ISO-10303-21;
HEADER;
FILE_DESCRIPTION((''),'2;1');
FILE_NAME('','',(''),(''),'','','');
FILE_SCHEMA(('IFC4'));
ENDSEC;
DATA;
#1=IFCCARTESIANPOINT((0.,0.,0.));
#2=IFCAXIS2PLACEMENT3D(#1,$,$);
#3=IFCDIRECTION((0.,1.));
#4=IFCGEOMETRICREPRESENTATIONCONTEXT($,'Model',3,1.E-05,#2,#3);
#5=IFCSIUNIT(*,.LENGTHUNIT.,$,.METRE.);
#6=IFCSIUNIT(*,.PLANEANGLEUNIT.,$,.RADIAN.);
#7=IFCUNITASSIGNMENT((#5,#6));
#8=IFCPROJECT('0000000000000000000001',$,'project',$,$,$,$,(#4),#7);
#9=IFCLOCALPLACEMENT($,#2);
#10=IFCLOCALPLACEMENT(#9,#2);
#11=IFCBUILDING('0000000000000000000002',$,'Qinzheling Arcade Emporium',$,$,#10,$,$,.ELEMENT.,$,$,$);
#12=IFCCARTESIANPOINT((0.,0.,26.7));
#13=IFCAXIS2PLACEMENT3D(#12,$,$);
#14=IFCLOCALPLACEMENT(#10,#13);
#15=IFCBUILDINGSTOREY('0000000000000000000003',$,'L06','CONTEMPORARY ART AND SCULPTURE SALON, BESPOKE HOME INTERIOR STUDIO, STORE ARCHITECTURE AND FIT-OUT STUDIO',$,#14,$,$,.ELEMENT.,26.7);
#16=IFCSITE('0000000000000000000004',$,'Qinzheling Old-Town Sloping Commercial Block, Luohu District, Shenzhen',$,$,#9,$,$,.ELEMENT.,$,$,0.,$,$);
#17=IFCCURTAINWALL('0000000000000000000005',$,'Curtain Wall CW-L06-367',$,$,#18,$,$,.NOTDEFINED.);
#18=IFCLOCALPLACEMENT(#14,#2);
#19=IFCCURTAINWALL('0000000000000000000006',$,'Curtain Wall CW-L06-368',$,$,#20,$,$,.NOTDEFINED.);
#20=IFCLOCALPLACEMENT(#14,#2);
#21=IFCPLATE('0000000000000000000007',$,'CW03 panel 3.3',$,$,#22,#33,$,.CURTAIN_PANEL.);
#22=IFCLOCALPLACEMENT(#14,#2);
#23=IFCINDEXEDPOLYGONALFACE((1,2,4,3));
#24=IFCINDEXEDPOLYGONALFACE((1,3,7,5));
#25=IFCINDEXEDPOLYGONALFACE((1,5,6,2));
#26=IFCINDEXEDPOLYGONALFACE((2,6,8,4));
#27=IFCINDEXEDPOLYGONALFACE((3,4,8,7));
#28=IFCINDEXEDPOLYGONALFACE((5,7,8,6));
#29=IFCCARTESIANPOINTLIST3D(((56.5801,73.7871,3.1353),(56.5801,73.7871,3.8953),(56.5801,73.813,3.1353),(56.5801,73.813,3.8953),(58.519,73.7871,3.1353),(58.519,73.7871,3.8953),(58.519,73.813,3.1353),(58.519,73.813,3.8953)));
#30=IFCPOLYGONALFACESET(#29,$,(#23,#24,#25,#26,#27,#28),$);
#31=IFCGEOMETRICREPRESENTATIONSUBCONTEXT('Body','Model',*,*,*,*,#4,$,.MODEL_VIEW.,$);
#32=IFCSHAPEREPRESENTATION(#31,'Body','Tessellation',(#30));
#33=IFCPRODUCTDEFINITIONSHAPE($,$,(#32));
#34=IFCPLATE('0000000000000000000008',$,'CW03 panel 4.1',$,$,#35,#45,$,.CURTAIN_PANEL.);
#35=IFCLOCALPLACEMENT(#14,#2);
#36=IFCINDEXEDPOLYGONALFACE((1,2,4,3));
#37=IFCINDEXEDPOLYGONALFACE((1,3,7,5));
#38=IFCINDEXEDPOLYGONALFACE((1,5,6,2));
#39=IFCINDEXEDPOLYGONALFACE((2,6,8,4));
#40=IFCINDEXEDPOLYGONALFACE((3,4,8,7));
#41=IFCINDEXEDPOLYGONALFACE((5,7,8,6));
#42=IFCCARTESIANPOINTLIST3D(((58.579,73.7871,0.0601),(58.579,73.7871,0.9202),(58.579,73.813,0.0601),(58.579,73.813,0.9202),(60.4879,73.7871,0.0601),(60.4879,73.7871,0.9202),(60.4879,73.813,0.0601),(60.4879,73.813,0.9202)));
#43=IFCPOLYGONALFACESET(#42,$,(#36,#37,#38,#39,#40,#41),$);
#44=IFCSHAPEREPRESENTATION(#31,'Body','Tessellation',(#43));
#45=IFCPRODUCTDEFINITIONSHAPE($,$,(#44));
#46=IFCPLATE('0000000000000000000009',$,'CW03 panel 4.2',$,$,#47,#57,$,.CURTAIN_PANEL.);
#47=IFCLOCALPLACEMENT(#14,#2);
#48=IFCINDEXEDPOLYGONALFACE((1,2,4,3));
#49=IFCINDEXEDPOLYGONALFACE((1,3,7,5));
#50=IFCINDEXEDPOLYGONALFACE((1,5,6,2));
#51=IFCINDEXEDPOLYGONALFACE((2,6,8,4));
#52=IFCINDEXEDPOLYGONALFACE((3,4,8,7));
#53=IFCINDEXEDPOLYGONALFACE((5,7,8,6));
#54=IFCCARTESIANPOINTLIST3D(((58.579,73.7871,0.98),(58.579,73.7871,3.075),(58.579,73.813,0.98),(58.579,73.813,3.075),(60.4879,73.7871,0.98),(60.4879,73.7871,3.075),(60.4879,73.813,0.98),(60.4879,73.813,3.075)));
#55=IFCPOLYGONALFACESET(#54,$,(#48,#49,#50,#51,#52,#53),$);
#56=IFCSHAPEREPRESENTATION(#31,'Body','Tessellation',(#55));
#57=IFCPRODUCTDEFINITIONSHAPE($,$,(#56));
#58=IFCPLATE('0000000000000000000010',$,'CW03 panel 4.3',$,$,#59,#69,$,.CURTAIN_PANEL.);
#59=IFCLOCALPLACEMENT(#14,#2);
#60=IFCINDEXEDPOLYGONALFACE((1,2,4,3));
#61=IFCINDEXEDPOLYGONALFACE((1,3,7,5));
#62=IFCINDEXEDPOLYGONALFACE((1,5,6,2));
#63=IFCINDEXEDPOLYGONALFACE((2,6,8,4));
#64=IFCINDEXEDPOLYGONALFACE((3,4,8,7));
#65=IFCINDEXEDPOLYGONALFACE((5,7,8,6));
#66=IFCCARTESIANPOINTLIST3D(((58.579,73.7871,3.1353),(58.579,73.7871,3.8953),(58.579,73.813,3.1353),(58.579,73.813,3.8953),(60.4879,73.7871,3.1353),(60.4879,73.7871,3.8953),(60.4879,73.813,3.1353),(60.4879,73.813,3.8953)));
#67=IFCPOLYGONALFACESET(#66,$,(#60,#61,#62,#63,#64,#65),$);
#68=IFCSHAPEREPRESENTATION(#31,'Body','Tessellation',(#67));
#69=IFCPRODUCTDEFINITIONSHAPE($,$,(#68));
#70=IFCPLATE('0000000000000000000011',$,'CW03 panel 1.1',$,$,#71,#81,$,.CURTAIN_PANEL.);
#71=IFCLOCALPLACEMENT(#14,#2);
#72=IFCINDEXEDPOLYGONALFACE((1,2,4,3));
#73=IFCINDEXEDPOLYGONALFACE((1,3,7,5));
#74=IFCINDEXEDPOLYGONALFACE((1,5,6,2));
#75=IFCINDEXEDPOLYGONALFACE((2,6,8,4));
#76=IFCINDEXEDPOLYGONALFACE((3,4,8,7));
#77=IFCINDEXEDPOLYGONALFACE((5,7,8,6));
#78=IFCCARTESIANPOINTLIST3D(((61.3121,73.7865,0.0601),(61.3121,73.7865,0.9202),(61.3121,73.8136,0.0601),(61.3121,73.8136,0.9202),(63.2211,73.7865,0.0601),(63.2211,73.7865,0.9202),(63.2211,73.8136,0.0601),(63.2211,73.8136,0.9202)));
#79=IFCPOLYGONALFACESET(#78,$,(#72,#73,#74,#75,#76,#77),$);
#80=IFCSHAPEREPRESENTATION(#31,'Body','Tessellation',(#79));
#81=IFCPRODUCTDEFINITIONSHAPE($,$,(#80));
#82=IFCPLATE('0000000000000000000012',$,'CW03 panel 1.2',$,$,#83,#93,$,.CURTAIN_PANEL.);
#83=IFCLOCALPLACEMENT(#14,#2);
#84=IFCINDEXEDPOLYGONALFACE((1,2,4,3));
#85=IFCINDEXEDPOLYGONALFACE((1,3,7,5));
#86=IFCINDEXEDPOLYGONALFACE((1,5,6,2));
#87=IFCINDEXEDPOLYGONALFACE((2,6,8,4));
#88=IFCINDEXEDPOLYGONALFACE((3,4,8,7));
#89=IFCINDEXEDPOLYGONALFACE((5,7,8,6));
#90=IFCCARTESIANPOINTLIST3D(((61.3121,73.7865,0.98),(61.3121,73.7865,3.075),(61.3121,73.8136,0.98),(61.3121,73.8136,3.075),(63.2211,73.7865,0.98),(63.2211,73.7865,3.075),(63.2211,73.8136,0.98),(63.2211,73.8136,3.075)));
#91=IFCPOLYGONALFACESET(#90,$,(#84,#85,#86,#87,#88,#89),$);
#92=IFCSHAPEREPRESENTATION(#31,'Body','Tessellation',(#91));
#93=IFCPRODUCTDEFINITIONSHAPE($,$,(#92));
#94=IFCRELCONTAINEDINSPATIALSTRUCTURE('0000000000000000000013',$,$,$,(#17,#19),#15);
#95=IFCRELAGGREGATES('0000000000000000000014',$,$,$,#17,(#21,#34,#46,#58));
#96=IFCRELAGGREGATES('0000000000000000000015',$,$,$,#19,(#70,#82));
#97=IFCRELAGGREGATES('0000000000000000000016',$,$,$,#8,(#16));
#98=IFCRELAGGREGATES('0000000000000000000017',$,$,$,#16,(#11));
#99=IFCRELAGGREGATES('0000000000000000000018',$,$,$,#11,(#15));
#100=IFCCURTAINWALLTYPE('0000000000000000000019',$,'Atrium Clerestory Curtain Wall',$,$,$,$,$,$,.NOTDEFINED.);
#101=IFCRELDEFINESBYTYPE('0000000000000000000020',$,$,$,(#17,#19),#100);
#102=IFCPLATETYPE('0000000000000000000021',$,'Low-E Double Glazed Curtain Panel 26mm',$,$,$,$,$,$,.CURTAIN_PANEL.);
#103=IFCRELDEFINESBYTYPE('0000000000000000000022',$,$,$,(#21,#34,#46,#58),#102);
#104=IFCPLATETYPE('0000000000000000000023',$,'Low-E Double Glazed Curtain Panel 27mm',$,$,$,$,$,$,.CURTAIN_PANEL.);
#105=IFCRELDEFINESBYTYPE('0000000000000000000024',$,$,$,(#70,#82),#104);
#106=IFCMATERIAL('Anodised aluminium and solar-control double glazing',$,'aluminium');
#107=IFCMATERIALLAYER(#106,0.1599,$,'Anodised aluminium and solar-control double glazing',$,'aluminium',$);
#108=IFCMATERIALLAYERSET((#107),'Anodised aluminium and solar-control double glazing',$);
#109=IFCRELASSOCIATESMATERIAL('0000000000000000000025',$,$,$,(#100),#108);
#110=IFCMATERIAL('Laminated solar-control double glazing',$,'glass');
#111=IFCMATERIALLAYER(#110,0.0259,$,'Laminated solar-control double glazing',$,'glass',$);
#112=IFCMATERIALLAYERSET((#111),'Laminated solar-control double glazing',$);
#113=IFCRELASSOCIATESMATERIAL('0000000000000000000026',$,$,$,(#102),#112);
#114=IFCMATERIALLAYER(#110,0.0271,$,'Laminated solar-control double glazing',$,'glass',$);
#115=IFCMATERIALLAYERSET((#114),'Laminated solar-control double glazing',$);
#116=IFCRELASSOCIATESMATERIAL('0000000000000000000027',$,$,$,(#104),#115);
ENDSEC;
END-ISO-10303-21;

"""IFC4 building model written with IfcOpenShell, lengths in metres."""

from ifc_helpers import new_model, si_unit, direction, frame, origin, origin_2d, place, context, subcontext, project, spatial, rectangle, extrude, material, layer, layer_set, type_object, element, aggregate, save


model = new_model("IFC4")

# Units and contexts
model_context = context("Model", 3, precision=1e-05, world=origin(), true_north=direction((0.0, 1.0)))
body_context = subcontext(model_context, "Body", "Model", "MODEL_VIEW")
ifc_project = project(units=[si_unit("LENGTHUNIT", "METRE"), si_unit("PLANEANGLEUNIT", "RADIAN")], contexts=[model_context])

# Site, building, storey
site_placement = place(None, origin())
site = spatial("IfcSite", under=ifc_project, at=site_placement, Name="Qinzheling Old-Town Sloping Commercial Block, Luohu District, Shenzhen", CompositionType="ELEMENT", RefElevation=0.0)
building_placement = place(site_placement, origin())
building = spatial("IfcBuilding", under=site, at=building_placement, Name="Qinzheling Arcade Emporium", CompositionType="ELEMENT")
storey_placement = place(building_placement, frame((0.0, 0.0, 26.7)))
storey = spatial("IfcBuildingStorey", under=building, at=storey_placement, Name="L06", Description="CONTEMPORARY ART AND SCULPTURE SALON, BESPOKE HOME INTERIOR STUDIO, STORE ARCHITECTURE AND FIT-OUT STUDIO", CompositionType="ELEMENT", Elevation=26.7)

# Curtain wall
ifc_material_1 = material(Name="Anodised aluminium and solar-control double glazing", Category="aluminium")
ifc_layer_1 = layer(ifc_material_1, 0.1599, Name="Anodised aluminium and solar-control double glazing", Category="aluminium")
ifc_layer_set_1 = layer_set([ifc_layer_1], Name="Anodised aluminium and solar-control double glazing")
curtain_wall_type = type_object("IfcCurtainWallType", Name="Atrium Clerestory Curtain Wall", PredefinedType="NOTDEFINED", material=ifc_layer_set_1)
curtain_wall_1_placement = place(storey_placement, origin())
curtain_wall_1 = element("IfcCurtainWall", 1, at=curtain_wall_1_placement, inside=storey, type_object=curtain_wall_type, Name="Curtain Wall CW-L06-367", PredefinedType="NOTDEFINED")

# Curtain wall
curtain_wall_2_placement = place(storey_placement, origin())
curtain_wall_2 = element("IfcCurtainWall", 2, at=curtain_wall_2_placement, inside=storey, type_object=curtain_wall_type, Name="Curtain Wall CW-L06-368", PredefinedType="NOTDEFINED")

# Plates
ifc_material_2 = material(Name="Laminated solar-control double glazing", Category="glass")
ifc_layer_2 = layer(ifc_material_2, 0.0259, Name="Laminated solar-control double glazing", Category="glass")
ifc_layer_set_2 = layer_set([ifc_layer_2], Name="Laminated solar-control double glazing")
plate_type_1 = type_object("IfcPlateType", Name="Low-E Double Glazed Curtain Panel 26mm", PredefinedType="CURTAIN_PANEL", material=ifc_layer_set_2)
plate_1_placement = place(storey_placement, frame((57.5496, 73.8, 3.1353), z_axis=(0.0, 0.0, 1.0), x_axis=(1.0, 0.0, 0.0)))
plate_1 = element("IfcPlate", 3, at=plate_1_placement, type_object=plate_type_1, Name="CW03 panel 3.3", PredefinedType="CURTAIN_PANEL", context=body_context, shape_type="SweptSolid", body=[
    extrude(rectangle(XDim=1.939, YDim=0.0259, at=origin_2d()), origin(), (0.0, 0.0, 1.0), 0.76),
])
plate_2_placement = place(storey_placement, frame((59.5334, 73.8, 0.0601), z_axis=(0.0, 0.0, 1.0), x_axis=(1.0, 0.0, 0.0)))
plate_2 = element("IfcPlate", 4, at=plate_2_placement, type_object=plate_type_1, Name="CW03 panel 4.1", PredefinedType="CURTAIN_PANEL", context=body_context, shape_type="SweptSolid", body=[
    extrude(rectangle(XDim=1.9089, YDim=0.0259, at=origin_2d()), origin(), (0.0, 0.0, 1.0), 0.8601),
])
plate_3_placement = place(storey_placement, frame((59.5334, 73.8, 0.98), z_axis=(0.0, 0.0, 1.0), x_axis=(1.0, 0.0, 0.0)))
plate_3 = element("IfcPlate", 5, at=plate_3_placement, type_object=plate_type_1, Name="CW03 panel 4.2", PredefinedType="CURTAIN_PANEL", context=body_context, shape_type="SweptSolid", body=[
    extrude(rectangle(XDim=1.9089, YDim=0.0259, at=origin_2d()), origin(), (0.0, 0.0, 1.0), 2.095),
])
plate_4_placement = place(storey_placement, frame((59.5334, 73.8, 3.1353), z_axis=(0.0, 0.0, 1.0), x_axis=(1.0, 0.0, 0.0)))
plate_4 = element("IfcPlate", 6, at=plate_4_placement, type_object=plate_type_1, Name="CW03 panel 4.3", PredefinedType="CURTAIN_PANEL", context=body_context, shape_type="SweptSolid", body=[
    extrude(rectangle(XDim=1.9089, YDim=0.0259, at=origin_2d()), origin(), (0.0, 0.0, 1.0), 0.76),
])
aggregate(curtain_wall_1, [plate_1, plate_2, plate_3, plate_4])
ifc_layer_3 = layer(ifc_material_2, 0.0271, Name="Laminated solar-control double glazing", Category="glass")
ifc_layer_set_3 = layer_set([ifc_layer_3], Name="Laminated solar-control double glazing")
plate_type_2 = type_object("IfcPlateType", Name="Low-E Double Glazed Curtain Panel 27mm", PredefinedType="CURTAIN_PANEL", material=ifc_layer_set_3)
plate_5_placement = place(storey_placement, frame((62.2666, 73.8, 0.0601), z_axis=(0.0, 0.0, 1.0), x_axis=(1.0, 0.0, 0.0)))
plate_5 = element("IfcPlate", 7, at=plate_5_placement, type_object=plate_type_2, Name="CW03 panel 1.1", PredefinedType="CURTAIN_PANEL", context=body_context, shape_type="SweptSolid", body=[
    extrude(rectangle(XDim=1.9089, YDim=0.0271, at=origin_2d()), origin(), (0.0, 0.0, 1.0), 0.8601),
])
plate_6_placement = place(storey_placement, frame((62.2666, 73.8, 0.98), z_axis=(0.0, 0.0, 1.0), x_axis=(1.0, 0.0, 0.0)))
plate_6 = element("IfcPlate", 8, at=plate_6_placement, type_object=plate_type_2, Name="CW03 panel 1.2", PredefinedType="CURTAIN_PANEL", context=body_context, shape_type="SweptSolid", body=[
    extrude(rectangle(XDim=1.9089, YDim=0.0271, at=origin_2d()), origin(), (0.0, 0.0, 1.0), 2.095),
])
aggregate(curtain_wall_2, [plate_5, plate_6])

save(model, "model.ifc")
